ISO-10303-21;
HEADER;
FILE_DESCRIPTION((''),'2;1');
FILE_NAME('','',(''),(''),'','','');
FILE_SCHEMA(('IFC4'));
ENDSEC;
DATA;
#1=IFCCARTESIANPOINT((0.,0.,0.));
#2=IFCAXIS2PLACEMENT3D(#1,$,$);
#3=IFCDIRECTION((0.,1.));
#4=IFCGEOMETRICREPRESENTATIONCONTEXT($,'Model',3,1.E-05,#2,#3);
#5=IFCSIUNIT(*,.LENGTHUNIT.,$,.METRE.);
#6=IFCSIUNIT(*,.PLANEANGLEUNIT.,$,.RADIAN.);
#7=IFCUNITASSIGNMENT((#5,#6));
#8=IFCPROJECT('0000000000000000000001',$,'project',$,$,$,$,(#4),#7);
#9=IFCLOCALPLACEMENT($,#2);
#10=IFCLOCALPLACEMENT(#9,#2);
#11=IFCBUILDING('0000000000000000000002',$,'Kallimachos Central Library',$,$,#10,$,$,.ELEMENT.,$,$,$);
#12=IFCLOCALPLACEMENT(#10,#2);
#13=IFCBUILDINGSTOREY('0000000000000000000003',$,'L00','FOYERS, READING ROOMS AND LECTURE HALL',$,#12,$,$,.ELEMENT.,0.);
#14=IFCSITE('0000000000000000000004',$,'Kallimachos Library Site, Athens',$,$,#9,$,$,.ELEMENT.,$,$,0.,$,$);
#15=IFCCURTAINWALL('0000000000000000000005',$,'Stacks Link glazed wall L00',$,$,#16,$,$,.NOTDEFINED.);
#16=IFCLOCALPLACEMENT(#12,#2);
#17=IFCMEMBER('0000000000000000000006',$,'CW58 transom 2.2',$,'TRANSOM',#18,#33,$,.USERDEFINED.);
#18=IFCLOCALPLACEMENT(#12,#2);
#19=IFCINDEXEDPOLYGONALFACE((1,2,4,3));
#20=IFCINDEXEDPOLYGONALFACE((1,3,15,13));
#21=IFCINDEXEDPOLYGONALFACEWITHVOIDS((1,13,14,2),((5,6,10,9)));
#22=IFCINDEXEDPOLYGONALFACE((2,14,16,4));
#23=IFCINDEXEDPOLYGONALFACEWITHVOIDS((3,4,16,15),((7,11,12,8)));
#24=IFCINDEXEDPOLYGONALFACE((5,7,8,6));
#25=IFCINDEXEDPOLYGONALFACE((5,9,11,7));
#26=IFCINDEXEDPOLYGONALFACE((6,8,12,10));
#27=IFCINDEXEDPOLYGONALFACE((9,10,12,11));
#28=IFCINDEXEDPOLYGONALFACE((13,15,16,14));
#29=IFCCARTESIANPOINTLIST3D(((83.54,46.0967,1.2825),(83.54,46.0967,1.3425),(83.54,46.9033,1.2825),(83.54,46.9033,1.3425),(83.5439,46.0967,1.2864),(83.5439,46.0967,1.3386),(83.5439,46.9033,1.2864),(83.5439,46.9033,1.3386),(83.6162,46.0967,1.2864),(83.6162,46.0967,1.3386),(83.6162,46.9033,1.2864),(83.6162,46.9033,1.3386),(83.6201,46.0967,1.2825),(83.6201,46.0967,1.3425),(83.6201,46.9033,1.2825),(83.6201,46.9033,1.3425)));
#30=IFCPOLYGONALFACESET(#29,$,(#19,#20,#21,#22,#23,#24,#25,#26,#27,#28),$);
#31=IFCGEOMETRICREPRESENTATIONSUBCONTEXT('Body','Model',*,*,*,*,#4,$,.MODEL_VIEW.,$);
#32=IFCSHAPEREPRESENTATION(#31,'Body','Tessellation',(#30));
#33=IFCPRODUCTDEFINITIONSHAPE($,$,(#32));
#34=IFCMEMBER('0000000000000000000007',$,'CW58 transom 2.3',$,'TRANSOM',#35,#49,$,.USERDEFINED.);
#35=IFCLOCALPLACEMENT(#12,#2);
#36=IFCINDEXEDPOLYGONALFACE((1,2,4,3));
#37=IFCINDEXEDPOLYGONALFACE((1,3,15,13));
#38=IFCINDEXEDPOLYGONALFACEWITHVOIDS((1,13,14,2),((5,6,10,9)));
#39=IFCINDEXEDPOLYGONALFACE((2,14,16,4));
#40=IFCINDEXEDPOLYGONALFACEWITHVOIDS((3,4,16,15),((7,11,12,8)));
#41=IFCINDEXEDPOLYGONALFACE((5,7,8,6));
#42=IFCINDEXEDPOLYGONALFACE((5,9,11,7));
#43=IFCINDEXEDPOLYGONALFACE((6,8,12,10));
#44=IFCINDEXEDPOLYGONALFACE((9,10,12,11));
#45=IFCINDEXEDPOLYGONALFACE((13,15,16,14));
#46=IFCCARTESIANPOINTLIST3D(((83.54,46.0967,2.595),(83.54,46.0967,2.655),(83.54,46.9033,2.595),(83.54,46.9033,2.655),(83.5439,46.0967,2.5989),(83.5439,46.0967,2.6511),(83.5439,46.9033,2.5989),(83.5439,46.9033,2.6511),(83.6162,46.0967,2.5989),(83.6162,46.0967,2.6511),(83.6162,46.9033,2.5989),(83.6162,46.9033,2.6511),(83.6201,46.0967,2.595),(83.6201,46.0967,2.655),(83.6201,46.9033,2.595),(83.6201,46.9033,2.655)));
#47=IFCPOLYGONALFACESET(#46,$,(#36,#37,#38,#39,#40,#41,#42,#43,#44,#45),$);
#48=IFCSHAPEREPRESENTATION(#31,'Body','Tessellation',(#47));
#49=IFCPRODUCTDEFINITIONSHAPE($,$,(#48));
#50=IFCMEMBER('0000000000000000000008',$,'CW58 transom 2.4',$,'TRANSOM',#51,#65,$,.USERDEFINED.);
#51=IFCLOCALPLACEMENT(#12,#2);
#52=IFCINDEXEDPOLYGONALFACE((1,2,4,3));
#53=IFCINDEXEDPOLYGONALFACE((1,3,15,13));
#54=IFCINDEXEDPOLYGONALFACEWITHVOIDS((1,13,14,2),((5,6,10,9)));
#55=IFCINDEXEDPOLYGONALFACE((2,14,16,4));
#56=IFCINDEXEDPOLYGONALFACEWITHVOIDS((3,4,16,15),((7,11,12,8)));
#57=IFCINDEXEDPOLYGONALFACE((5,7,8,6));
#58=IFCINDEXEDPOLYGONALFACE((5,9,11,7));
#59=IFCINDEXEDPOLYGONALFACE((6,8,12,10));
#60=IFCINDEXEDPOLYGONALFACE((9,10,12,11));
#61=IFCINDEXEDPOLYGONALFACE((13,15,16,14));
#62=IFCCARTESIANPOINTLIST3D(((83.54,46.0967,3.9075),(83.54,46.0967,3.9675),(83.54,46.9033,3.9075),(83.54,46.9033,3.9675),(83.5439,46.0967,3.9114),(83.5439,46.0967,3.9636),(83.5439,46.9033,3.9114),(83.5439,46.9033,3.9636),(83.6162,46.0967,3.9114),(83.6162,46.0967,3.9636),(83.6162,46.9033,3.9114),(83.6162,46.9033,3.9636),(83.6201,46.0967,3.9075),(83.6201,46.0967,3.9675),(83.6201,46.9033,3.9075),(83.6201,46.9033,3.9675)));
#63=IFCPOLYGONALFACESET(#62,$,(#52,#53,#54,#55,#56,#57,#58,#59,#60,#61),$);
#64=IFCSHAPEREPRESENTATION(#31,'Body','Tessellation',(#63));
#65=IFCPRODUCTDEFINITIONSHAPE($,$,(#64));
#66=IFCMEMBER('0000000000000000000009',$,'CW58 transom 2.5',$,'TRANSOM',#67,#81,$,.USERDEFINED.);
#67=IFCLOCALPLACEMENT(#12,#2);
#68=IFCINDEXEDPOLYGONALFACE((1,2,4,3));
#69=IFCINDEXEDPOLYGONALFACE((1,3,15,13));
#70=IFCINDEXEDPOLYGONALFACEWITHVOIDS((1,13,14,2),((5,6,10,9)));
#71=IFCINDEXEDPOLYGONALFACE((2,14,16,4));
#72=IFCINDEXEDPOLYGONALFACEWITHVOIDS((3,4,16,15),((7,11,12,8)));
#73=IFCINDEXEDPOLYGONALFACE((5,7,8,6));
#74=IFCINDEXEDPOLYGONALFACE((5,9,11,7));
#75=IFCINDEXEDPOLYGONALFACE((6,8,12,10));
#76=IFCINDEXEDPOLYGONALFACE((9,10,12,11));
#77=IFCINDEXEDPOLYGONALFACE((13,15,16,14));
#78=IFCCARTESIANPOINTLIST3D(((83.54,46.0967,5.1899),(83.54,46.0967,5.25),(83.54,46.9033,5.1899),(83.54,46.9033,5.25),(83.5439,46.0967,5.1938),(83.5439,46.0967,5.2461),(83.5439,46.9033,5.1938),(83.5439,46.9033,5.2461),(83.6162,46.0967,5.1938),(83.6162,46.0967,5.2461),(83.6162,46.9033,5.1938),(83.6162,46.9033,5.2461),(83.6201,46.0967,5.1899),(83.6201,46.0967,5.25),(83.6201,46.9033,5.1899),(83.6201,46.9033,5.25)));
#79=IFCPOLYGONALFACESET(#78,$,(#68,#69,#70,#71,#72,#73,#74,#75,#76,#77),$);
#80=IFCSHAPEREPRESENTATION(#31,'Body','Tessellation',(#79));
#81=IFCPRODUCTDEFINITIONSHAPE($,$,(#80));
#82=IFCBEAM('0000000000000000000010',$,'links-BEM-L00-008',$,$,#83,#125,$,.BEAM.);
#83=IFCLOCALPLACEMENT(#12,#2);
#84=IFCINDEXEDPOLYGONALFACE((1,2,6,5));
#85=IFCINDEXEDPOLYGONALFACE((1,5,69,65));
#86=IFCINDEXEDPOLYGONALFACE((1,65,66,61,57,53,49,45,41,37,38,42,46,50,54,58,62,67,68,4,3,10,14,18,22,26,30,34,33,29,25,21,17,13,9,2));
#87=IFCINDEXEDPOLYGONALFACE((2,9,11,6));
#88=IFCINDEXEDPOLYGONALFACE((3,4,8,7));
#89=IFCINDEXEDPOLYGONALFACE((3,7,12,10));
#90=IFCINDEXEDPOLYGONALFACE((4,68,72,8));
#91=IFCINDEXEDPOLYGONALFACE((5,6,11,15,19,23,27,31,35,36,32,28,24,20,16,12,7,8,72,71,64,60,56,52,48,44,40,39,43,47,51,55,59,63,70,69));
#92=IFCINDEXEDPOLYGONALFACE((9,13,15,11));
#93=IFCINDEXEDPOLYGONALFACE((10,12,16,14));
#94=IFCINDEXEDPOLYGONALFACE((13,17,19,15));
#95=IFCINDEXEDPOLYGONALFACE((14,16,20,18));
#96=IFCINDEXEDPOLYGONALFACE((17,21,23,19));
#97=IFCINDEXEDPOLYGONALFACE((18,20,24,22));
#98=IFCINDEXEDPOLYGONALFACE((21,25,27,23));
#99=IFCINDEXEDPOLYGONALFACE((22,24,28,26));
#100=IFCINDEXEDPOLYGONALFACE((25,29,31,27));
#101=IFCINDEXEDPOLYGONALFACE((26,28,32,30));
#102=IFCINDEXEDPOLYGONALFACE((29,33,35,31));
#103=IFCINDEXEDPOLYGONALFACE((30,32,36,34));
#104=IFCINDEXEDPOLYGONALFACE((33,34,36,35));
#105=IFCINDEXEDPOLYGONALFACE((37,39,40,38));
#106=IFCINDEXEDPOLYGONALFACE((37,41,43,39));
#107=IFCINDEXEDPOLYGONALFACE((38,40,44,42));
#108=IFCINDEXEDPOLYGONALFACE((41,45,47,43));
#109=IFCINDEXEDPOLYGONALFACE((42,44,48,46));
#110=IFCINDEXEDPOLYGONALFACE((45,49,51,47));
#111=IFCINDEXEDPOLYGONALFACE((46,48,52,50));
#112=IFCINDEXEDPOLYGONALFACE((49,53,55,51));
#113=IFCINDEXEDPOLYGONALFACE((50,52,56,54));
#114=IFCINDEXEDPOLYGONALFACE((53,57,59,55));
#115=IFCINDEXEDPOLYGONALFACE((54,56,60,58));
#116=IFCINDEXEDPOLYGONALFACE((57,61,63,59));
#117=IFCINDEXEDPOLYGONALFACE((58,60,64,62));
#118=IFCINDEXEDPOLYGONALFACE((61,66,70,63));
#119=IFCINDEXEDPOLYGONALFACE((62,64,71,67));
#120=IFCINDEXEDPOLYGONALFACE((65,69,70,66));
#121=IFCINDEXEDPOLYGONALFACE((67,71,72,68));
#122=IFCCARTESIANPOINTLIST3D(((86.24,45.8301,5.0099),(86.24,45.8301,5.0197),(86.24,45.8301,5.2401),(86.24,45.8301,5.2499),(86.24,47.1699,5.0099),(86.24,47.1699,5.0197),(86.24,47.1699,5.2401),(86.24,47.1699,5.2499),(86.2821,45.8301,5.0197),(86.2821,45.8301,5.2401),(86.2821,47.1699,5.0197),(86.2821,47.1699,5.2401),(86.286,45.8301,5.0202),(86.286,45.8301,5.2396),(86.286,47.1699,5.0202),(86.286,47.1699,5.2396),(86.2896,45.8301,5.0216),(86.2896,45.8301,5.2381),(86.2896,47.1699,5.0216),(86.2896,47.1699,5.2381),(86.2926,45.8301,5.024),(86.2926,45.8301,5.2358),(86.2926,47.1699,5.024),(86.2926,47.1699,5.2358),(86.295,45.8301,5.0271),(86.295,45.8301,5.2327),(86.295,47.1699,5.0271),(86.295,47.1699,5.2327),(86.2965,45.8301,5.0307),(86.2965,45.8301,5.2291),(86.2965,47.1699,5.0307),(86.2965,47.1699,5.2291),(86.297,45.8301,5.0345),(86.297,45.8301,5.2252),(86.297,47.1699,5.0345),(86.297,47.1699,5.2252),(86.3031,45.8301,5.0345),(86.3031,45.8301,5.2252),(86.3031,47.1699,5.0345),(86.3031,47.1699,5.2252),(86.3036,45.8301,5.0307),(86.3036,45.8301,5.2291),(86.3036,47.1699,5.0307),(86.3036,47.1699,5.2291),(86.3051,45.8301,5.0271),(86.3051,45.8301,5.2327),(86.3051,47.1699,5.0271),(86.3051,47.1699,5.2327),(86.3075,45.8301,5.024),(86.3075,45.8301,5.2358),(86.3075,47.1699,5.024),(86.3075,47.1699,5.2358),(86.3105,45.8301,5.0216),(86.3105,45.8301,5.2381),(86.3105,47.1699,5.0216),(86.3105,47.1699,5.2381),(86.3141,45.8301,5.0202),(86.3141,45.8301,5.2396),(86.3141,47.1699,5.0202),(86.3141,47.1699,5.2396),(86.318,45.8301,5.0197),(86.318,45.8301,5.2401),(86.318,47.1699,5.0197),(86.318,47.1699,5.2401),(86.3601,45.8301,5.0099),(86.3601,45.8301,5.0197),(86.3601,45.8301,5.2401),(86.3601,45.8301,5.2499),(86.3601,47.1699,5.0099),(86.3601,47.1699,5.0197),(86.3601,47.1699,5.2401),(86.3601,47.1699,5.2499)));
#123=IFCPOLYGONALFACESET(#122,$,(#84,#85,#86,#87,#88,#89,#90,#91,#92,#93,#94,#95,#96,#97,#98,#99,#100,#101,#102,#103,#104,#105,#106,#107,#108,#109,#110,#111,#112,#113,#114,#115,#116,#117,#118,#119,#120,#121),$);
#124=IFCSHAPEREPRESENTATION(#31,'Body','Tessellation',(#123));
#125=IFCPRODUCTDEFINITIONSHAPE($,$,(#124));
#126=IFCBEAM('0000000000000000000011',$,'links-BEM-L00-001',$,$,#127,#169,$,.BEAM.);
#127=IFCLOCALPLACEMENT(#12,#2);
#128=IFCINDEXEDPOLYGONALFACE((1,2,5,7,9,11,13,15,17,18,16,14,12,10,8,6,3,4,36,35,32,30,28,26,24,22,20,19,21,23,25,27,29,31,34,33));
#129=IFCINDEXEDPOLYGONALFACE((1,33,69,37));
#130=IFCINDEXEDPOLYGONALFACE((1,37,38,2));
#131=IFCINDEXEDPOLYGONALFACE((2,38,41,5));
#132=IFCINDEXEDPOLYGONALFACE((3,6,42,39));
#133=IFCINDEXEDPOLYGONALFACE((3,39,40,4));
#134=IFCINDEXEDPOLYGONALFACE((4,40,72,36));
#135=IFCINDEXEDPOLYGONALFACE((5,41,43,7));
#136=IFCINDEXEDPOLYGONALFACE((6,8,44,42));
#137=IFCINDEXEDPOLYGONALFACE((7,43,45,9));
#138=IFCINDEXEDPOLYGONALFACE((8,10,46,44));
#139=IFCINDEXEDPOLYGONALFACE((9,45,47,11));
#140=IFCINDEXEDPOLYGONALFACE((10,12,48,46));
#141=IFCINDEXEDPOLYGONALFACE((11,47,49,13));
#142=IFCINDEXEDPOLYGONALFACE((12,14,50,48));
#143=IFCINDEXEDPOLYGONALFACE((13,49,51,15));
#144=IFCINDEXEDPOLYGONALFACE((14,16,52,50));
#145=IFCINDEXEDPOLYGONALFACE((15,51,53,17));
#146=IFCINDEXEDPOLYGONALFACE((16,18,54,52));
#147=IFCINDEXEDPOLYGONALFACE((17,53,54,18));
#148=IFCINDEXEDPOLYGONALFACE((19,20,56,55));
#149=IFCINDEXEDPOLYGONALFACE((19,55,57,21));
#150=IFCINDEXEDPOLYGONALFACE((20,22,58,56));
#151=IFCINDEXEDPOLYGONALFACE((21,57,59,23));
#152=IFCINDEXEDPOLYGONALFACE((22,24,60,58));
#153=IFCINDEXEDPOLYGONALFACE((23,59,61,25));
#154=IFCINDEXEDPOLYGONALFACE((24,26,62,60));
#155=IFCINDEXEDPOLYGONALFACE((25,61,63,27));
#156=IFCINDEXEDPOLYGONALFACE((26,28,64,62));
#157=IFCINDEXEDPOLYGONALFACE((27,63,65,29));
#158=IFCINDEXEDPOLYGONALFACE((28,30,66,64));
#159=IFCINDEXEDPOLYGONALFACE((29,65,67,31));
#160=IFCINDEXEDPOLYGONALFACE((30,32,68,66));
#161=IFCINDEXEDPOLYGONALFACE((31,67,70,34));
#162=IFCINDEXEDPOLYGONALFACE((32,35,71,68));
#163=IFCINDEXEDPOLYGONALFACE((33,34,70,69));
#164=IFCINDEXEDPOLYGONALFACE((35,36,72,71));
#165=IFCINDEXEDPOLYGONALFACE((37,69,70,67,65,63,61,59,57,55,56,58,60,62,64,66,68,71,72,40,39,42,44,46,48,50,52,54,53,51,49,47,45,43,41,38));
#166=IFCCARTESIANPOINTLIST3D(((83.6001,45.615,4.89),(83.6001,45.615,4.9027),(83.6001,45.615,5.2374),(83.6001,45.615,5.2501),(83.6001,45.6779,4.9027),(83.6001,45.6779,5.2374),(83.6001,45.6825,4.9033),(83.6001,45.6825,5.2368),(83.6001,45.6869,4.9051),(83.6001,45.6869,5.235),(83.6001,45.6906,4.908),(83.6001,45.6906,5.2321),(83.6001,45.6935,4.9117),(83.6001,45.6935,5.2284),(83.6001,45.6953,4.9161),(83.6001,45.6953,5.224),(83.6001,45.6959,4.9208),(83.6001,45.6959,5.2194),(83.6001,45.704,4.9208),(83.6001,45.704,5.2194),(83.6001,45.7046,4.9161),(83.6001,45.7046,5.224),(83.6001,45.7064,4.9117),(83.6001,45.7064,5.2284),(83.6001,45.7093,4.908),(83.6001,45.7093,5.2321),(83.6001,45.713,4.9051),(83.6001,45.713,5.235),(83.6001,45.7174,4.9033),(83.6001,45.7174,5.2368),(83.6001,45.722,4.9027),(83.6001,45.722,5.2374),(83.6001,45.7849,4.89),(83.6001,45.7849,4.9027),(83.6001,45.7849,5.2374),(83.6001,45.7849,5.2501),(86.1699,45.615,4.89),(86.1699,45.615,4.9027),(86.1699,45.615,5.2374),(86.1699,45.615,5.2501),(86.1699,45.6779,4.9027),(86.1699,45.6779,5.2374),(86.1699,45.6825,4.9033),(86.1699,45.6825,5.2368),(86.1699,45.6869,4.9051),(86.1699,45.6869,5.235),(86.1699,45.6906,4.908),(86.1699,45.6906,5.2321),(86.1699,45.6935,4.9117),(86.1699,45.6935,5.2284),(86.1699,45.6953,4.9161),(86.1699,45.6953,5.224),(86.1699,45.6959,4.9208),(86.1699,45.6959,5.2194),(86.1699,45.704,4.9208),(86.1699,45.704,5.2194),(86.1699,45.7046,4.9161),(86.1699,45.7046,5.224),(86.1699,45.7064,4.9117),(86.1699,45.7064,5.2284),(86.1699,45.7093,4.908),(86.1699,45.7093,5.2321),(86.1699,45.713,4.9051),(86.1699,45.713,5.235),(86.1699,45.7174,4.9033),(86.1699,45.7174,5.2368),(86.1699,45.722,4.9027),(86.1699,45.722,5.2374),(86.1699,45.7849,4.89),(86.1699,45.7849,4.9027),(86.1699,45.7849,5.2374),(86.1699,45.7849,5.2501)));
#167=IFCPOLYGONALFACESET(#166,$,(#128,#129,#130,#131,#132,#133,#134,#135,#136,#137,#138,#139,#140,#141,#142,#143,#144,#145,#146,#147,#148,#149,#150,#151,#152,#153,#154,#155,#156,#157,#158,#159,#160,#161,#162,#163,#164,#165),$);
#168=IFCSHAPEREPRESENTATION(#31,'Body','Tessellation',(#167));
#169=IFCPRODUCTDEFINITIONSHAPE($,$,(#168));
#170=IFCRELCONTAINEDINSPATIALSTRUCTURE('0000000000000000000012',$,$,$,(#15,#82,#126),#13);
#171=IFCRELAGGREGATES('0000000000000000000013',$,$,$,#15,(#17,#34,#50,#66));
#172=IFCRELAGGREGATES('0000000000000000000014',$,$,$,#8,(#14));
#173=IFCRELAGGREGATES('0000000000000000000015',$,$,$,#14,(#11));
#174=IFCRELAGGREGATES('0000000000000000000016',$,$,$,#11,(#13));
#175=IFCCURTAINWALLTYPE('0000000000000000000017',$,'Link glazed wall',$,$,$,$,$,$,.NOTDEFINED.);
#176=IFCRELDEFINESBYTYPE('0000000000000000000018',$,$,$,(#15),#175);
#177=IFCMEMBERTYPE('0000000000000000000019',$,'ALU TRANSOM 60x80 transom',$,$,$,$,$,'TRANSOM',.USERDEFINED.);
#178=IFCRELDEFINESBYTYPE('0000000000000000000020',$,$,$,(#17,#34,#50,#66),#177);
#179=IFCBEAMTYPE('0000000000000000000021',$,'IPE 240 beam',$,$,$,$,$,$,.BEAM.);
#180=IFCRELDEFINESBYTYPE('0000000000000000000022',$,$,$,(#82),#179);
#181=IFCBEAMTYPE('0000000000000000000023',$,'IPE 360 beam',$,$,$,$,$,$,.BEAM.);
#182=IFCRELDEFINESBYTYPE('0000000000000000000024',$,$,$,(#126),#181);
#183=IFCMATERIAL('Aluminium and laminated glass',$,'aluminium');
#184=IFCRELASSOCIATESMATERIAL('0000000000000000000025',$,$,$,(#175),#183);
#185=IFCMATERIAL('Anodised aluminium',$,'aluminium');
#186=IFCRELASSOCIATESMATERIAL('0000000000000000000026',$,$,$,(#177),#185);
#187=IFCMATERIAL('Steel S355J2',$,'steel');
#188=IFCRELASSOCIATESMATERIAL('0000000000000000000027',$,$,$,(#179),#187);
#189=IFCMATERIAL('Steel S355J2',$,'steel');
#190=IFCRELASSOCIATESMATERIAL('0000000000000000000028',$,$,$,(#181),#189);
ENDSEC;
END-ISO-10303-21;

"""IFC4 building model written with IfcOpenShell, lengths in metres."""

from ifc_helpers import new_model, si_unit, direction, frame, origin, origin_2d, place, context, subcontext, project, spatial, hollow_rectangle, i_section, extrude, material, material_profile, profile_set, type_object, element, aggregate, save


model = new_model("IFC4")

# Units and contexts
model_context = context("Model", 3, precision=1e-05, world=origin(), true_north=direction((0.0, 1.0)))
body_context = subcontext(model_context, "Body", "Model", "MODEL_VIEW")
ifc_project = project(units=[si_unit("LENGTHUNIT", "METRE"), si_unit("PLANEANGLEUNIT", "RADIAN")], contexts=[model_context])

# Site, building, storey
site_placement = place(None, origin())
site = spatial("IfcSite", under=ifc_project, at=site_placement, Name="Kallimachos Library Site, Athens", CompositionType="ELEMENT", RefElevation=0.0)
building_placement = place(site_placement, origin())
building = spatial("IfcBuilding", under=site, at=building_placement, Name="Kallimachos Central Library", CompositionType="ELEMENT")
storey_placement = place(building_placement, origin())
storey = spatial("IfcBuildingStorey", under=building, at=storey_placement, Name="L00", Description="FOYERS, READING ROOMS AND LECTURE HALL", CompositionType="ELEMENT", Elevation=0.0)

# Curtain wall, members
ifc_material_1 = material(Name="Aluminium and laminated glass", Category="aluminium")
curtain_wall_type = type_object("IfcCurtainWallType", Name="Link glazed wall", PredefinedType="NOTDEFINED", material=ifc_material_1)
curtain_wall_placement = place(storey_placement, origin())
curtain_wall = element("IfcCurtainWall", 1, at=curtain_wall_placement, inside=storey, type_object=curtain_wall_type, Name="Stacks Link glazed wall L00", PredefinedType="NOTDEFINED")
ifc_material_2 = material(Name="Anodised aluminium", Category="aluminium")
ifc_material_profile_1 = material_profile(ifc_material_2, hollow_rectangle(XDim=0.0601, YDim=0.0801, WallThickness=0.0039, at=origin_2d()), Name="ALU TRANSOM 60x80")
ifc_profile_set_1 = profile_set([ifc_material_profile_1], Name="Anodised aluminium")
member_type_1 = type_object("IfcMemberType", Name="ALU TRANSOM 60x80 transom", ElementType="TRANSOM", PredefinedType="USERDEFINED", material=ifc_profile_set_1)
member_1_placement = place(storey_placement, frame((83.5801, 46.0967, 1.3125), z_axis=(0.0, 1.0, 0.0), x_axis=(0.0, 0.0, 1.0)))
member_1 = element("IfcMember", 2, at=member_1_placement, type_object=member_type_1, Name="CW58 transom 2.2", ObjectType="TRANSOM", PredefinedType="USERDEFINED", context=body_context, shape_type="SweptSolid", body=[
    extrude(hollow_rectangle(XDim=0.0601, YDim=0.0801, WallThickness=0.0039, at=origin_2d()), origin(), (0.0, 0.0, 1.0), 0.8066),
])
member_2_placement = place(storey_placement, frame((83.5801, 46.0967, 2.625), z_axis=(0.0, 1.0, 0.0), x_axis=(0.0, 0.0, 1.0)))
member_2 = element("IfcMember", 3, at=member_2_placement, type_object=member_type_1, Name="CW58 transom 2.3", ObjectType="TRANSOM", PredefinedType="USERDEFINED", context=body_context, shape_type="SweptSolid", body=[
    extrude(hollow_rectangle(XDim=0.0601, YDim=0.0801, WallThickness=0.0039, at=origin_2d()), origin(), (0.0, 0.0, 1.0), 0.8066),
])
member_3_placement = place(storey_placement, frame((83.5801, 46.0967, 3.9375), z_axis=(0.0, 1.0, 0.0), x_axis=(0.0, 0.0, 1.0)))
member_3 = element("IfcMember", 4, at=member_3_placement, type_object=member_type_1, Name="CW58 transom 2.4", ObjectType="TRANSOM", PredefinedType="USERDEFINED", context=body_context, shape_type="SweptSolid", body=[
    extrude(hollow_rectangle(XDim=0.0601, YDim=0.0801, WallThickness=0.0039, at=origin_2d()), origin(), (0.0, 0.0, 1.0), 0.8066),
])
member_4_placement = place(storey_placement, frame((83.5801, 46.0967, 5.22), z_axis=(0.0, 1.0, 0.0), x_axis=(0.0, 0.0, 1.0)))
member_4 = element("IfcMember", 5, at=member_4_placement, type_object=member_type_1, Name="CW58 transom 2.5", ObjectType="TRANSOM", PredefinedType="USERDEFINED", context=body_context, shape_type="SweptSolid", body=[
    extrude(hollow_rectangle(XDim=0.0601, YDim=0.0801, WallThickness=0.0039, at=origin_2d()), origin(), (0.0, 0.0, 1.0), 0.8066),
])

# Beams
ifc_material_3 = material(Name="Steel S355J2", Category="steel")
ifc_material_profile_2 = material_profile(ifc_material_3, i_section(OverallWidth=0.1201, OverallDepth=0.24, WebThickness=0.0061, FlangeThickness=0.0098, FilletRadius=0.0149, at=origin_2d()), Name="IPE 240")
ifc_profile_set_2 = profile_set([ifc_material_profile_2], Name="Steel S355J2")
beam_type_1 = type_object("IfcBeamType", Name="IPE 240 beam", PredefinedType="BEAM", material=ifc_profile_set_2)
beam_1_placement = place(storey_placement, frame((86.3, 45.8301, 5.1299), z_axis=(0.0, 1.0, 0.0), x_axis=(-1.0, 0.0, 0.0)))
element("IfcBeam", 6, at=beam_1_placement, inside=storey, type_object=beam_type_1, Name="links-BEM-L00-008", PredefinedType="BEAM", context=body_context, shape_type="SweptSolid", body=[
    extrude(i_section(OverallWidth=0.1201, OverallDepth=0.24, WebThickness=0.0061, FlangeThickness=0.0098, FilletRadius=0.0149, at=origin_2d()), origin(), (0.0, 0.0, 1.0), 1.3398),
])
ifc_material_4 = material(Name="Steel S355J2", Category="steel")
ifc_material_profile_3 = material_profile(ifc_material_4, i_section(OverallWidth=0.1699, OverallDepth=0.3601, WebThickness=0.0081, FlangeThickness=0.0127, FilletRadius=0.0181, at=origin_2d()), Name="IPE 360")
ifc_profile_set_3 = profile_set([ifc_material_profile_3], Name="Steel S355J2")
beam_type_2 = type_object("IfcBeamType", Name="IPE 360 beam", PredefinedType="BEAM", material=ifc_profile_set_3)
beam_2_placement = place(storey_placement, frame((83.6001, 45.7, 5.0701), z_axis=(1.0, 0.0, 0.0), x_axis=(0.0, 1.0, 0.0)))
element("IfcBeam", 7, at=beam_2_placement, inside=storey, type_object=beam_type_2, Name="links-BEM-L00-001", PredefinedType="BEAM", context=body_context, shape_type="SweptSolid", body=[
    extrude(i_section(OverallWidth=0.1699, OverallDepth=0.3601, WebThickness=0.0081, FlangeThickness=0.0127, FilletRadius=0.0181, at=origin_2d()), origin(), (0.0, 0.0, 1.0), 2.5698),
])

aggregate(curtain_wall, [member_1, member_2, member_3, member_4])

save(model, "model.ifc")
